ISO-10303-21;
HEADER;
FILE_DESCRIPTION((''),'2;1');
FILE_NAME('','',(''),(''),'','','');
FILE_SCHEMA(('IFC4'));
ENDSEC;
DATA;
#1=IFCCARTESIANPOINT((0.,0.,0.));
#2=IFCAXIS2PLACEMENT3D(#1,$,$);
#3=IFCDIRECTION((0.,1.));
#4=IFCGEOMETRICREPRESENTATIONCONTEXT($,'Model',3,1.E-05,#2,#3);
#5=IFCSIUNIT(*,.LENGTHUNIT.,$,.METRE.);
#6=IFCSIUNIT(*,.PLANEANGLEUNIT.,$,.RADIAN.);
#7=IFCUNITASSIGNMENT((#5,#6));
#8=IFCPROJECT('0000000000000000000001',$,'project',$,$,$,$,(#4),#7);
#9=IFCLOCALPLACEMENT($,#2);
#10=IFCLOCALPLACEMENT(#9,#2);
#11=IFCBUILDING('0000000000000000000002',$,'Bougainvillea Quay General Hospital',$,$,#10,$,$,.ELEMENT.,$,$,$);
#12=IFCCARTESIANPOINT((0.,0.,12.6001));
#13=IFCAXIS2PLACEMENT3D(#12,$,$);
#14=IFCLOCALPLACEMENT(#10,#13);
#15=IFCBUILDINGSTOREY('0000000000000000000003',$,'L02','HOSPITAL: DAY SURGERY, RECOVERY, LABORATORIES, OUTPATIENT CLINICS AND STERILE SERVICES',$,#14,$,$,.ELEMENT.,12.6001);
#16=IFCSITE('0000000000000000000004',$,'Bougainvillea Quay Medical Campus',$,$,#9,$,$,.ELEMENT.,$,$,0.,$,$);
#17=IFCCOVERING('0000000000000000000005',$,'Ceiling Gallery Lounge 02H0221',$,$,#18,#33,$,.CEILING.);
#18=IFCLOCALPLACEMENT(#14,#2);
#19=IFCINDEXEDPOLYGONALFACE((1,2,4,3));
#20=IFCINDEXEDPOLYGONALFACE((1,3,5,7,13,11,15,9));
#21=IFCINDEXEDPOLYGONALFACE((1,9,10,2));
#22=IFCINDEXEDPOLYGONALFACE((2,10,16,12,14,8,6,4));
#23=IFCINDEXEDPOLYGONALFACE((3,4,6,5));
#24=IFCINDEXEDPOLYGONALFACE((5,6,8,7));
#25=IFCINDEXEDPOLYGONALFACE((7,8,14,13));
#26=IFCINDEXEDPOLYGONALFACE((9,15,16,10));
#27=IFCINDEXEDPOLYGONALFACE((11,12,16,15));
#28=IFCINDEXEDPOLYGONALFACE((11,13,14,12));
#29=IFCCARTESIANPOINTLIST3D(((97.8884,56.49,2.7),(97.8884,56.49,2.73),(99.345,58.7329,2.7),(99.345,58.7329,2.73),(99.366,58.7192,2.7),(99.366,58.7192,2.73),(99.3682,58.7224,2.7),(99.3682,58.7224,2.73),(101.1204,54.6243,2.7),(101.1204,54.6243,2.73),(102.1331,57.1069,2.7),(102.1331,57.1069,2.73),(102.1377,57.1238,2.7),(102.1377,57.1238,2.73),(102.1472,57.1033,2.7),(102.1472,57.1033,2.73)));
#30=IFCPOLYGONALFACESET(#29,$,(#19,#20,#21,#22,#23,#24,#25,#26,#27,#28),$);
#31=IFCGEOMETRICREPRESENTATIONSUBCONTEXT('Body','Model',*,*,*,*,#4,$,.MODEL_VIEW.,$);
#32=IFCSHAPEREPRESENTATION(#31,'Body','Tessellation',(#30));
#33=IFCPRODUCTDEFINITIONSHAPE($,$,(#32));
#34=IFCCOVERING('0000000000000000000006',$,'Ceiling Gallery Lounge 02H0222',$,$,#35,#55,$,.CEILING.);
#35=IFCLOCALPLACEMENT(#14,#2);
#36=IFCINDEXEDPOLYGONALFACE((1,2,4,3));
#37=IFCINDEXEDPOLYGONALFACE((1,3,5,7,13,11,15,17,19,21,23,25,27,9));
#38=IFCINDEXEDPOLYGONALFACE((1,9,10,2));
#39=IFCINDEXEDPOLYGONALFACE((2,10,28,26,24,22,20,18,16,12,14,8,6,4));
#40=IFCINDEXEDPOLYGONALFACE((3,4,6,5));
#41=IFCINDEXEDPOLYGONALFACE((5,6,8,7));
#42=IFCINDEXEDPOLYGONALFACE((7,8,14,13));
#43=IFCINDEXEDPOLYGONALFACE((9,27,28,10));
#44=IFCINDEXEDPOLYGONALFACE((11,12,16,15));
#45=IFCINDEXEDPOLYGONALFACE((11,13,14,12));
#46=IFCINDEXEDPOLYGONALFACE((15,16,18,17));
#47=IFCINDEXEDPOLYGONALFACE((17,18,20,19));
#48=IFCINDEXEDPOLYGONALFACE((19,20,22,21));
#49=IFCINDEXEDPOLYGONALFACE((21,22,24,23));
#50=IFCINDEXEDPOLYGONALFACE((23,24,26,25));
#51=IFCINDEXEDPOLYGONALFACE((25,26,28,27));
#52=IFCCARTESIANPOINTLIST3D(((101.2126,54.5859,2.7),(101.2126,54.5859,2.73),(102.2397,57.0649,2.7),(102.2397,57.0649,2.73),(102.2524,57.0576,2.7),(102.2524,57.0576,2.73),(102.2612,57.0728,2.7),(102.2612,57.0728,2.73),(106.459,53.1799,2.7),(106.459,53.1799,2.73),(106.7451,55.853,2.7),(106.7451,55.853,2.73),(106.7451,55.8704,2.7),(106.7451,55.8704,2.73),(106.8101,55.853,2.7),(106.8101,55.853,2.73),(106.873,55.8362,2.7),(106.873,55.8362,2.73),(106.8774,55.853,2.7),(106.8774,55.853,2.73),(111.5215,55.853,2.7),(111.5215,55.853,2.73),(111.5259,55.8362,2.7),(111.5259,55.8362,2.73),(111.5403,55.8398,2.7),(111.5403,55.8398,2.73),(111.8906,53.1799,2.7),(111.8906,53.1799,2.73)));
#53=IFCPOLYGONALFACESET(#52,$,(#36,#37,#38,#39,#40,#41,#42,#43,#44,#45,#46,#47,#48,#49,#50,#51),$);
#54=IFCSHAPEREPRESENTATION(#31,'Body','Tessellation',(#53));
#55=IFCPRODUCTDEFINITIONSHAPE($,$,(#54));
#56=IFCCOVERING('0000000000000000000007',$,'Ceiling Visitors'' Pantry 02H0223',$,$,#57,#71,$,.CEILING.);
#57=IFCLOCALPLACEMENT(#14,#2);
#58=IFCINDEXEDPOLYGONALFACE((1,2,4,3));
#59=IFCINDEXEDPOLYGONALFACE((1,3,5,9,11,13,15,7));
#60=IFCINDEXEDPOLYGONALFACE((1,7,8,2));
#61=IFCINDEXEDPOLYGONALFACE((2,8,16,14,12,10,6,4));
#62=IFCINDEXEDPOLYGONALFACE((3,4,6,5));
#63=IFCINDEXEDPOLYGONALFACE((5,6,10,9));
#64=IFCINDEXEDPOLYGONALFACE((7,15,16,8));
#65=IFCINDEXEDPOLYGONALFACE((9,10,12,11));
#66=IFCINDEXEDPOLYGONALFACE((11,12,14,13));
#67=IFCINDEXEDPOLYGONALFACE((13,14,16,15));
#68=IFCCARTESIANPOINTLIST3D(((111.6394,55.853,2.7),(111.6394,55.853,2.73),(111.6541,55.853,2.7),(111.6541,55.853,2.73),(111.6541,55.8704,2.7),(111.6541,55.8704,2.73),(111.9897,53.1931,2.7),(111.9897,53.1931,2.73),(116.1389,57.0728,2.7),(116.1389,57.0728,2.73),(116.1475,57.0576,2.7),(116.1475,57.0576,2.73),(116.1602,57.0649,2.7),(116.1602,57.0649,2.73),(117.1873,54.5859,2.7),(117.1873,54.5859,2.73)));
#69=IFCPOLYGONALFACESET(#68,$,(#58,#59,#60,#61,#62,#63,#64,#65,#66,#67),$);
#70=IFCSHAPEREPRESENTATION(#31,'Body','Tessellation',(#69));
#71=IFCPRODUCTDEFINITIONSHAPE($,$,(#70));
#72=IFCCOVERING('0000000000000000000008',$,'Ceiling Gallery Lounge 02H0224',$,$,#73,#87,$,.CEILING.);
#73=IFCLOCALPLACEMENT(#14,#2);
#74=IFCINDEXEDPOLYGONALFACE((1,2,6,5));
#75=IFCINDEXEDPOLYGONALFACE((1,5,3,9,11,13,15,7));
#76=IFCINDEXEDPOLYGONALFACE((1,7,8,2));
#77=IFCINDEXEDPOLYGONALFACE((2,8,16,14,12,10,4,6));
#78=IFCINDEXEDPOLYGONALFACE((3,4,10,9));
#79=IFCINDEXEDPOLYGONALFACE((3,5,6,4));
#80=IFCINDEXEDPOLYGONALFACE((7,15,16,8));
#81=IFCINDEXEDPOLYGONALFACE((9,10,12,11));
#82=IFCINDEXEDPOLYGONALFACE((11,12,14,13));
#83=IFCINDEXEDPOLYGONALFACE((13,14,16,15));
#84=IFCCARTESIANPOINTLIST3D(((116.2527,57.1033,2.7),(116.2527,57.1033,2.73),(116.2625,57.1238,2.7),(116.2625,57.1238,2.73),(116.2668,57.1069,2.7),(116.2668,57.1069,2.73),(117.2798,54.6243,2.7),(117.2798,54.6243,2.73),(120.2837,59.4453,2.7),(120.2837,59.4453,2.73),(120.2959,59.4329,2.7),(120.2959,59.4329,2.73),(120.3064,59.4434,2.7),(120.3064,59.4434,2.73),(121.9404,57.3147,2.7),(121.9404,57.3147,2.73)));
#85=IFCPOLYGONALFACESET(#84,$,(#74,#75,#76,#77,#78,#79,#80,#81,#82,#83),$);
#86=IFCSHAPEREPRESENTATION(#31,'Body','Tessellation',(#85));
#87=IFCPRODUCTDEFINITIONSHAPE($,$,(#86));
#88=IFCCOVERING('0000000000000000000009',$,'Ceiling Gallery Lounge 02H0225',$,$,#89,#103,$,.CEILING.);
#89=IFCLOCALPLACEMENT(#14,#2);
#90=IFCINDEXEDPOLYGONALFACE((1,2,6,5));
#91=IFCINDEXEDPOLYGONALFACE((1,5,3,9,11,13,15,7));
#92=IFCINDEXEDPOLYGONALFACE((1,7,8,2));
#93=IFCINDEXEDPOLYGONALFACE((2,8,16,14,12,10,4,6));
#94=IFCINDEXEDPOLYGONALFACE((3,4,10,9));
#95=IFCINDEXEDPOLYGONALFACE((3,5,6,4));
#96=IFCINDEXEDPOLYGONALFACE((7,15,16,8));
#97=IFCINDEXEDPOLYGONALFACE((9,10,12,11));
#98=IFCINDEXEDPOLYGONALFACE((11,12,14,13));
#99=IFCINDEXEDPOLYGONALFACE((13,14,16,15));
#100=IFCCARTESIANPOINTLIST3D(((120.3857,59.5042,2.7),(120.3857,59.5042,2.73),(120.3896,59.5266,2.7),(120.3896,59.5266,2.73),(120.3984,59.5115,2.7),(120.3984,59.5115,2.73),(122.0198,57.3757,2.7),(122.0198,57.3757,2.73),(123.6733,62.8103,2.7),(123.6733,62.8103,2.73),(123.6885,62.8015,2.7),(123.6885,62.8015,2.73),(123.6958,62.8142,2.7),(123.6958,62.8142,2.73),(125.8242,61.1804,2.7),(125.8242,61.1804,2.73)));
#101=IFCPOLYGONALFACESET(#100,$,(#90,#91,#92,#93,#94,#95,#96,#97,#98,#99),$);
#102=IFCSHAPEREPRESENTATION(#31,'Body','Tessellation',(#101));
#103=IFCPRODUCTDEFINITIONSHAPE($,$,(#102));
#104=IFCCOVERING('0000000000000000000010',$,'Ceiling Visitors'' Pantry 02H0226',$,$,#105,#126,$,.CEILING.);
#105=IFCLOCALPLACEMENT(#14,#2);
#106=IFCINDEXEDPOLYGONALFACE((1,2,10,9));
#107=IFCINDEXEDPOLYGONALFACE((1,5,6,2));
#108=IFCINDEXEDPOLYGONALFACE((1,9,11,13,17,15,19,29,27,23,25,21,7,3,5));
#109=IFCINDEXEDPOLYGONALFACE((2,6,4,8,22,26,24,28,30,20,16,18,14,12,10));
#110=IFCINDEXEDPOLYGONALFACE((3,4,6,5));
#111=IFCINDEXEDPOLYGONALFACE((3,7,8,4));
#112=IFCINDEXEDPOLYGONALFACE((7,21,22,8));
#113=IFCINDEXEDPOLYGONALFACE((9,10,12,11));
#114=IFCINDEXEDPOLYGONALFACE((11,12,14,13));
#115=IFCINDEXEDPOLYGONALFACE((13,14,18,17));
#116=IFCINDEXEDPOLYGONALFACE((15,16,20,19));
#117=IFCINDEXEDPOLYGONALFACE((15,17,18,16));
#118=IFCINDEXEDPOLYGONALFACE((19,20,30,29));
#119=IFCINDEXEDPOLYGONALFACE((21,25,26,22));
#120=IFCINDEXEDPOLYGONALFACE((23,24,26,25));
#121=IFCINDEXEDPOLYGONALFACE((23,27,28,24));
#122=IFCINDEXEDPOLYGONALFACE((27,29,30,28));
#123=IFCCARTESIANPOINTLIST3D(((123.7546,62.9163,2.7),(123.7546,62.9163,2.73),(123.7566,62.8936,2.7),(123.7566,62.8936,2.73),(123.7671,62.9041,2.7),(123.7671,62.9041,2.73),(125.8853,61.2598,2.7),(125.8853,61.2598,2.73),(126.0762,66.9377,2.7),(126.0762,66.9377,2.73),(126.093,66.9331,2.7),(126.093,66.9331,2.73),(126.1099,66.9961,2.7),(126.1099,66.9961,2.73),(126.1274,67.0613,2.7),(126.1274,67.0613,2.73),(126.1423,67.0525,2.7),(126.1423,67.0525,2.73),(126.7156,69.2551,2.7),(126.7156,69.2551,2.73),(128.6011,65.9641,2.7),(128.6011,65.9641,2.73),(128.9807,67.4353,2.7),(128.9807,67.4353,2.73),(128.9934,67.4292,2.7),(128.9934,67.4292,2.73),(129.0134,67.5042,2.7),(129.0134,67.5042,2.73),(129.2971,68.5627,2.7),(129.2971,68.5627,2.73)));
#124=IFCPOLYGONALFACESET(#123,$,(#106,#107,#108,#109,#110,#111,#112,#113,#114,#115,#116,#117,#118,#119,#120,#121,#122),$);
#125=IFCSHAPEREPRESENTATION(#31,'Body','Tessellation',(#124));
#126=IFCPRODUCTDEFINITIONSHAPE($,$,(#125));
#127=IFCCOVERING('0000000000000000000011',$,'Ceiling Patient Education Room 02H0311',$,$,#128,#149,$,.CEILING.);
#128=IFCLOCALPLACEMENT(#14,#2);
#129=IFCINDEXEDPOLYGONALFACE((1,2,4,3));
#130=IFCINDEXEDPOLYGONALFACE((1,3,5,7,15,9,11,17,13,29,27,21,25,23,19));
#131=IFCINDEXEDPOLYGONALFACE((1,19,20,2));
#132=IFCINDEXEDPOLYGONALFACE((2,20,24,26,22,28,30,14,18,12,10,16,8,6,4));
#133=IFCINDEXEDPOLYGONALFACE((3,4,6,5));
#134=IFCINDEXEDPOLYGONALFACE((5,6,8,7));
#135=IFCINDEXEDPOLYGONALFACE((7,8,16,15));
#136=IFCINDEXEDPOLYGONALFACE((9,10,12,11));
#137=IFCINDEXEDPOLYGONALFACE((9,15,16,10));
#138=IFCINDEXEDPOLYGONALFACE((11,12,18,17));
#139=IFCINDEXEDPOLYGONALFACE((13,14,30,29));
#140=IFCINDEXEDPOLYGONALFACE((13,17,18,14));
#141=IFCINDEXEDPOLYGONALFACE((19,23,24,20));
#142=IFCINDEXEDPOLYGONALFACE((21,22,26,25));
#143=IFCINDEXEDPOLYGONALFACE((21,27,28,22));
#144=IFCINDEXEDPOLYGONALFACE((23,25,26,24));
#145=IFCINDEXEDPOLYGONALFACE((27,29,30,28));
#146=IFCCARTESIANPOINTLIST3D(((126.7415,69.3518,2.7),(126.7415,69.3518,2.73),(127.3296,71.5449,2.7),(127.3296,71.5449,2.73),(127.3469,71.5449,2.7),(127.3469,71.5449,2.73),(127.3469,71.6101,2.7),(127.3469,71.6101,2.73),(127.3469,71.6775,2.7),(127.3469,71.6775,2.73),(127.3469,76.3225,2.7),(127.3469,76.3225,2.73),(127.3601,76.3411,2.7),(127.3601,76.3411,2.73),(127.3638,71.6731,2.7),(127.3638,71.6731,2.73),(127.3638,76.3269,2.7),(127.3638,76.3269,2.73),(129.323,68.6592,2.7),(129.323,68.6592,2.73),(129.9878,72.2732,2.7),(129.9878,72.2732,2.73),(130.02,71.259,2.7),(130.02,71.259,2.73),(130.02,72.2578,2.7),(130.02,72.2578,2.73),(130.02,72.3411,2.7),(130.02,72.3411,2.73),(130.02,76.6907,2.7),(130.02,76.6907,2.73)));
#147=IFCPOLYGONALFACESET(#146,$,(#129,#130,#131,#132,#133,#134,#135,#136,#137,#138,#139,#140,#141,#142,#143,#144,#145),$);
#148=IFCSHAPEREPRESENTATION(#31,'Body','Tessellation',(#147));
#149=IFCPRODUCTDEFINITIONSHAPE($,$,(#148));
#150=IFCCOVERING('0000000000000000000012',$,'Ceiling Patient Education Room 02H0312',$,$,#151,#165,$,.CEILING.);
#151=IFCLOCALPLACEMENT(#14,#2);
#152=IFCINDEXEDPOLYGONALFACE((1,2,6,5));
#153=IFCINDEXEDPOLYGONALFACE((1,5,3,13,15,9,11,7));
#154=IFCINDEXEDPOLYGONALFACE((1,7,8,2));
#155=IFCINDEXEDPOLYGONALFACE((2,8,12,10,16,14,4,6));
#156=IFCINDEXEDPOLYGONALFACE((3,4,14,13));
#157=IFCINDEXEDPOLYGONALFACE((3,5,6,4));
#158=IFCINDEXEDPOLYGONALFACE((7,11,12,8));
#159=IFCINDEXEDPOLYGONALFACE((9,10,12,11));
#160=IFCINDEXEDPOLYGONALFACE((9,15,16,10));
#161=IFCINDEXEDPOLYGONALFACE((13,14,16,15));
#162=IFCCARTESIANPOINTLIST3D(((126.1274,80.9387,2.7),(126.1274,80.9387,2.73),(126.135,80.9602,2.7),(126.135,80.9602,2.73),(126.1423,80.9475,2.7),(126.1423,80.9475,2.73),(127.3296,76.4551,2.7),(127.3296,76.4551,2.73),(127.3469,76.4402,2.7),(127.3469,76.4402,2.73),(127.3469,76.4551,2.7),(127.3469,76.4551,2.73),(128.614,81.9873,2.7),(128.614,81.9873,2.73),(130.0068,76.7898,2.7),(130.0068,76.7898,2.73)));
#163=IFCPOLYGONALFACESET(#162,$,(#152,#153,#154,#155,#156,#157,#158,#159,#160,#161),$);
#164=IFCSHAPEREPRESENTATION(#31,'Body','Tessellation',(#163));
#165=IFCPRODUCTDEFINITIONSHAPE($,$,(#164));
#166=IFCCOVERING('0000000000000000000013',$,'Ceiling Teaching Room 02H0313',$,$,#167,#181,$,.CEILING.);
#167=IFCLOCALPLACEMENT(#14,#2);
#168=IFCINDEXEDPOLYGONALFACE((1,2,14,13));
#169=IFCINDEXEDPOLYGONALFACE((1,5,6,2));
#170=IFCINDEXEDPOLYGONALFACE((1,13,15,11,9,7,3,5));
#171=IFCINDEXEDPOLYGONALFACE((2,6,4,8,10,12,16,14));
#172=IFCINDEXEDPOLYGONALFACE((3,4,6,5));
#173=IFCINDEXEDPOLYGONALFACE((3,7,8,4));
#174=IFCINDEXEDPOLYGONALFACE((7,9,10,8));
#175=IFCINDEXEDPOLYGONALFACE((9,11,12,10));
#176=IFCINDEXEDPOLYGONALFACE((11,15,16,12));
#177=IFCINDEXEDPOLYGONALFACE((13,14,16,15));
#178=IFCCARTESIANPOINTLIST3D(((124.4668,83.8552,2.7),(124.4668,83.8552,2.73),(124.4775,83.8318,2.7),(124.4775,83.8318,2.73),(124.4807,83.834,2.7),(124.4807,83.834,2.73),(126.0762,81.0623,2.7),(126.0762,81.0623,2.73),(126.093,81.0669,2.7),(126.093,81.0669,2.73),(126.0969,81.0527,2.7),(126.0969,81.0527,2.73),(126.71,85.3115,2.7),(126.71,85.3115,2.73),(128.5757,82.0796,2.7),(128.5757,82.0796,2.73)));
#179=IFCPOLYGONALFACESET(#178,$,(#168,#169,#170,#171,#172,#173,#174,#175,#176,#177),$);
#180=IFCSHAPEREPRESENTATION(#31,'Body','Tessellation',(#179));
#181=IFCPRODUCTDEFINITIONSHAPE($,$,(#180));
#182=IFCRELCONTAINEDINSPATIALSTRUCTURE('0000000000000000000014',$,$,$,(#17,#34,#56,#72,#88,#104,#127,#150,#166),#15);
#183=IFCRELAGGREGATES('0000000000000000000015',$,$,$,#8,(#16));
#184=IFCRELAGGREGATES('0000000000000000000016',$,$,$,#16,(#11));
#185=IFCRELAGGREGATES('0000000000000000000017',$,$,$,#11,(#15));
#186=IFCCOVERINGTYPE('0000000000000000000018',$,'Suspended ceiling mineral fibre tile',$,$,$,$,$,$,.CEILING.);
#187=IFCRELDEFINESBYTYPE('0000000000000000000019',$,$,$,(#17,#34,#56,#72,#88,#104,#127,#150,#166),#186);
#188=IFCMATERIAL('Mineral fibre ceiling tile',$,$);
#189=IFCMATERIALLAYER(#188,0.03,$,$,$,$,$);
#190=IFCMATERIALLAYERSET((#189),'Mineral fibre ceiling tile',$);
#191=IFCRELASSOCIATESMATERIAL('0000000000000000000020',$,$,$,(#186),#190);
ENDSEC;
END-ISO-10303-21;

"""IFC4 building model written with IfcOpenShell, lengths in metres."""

from ifc_helpers import new_model, si_unit, direction, frame, origin, place, context, subcontext, project, spatial, polyline, outline, extrude, material, layer, layer_set, type_object, element, save


model = new_model("IFC4")

# Units and contexts
model_context = context("Model", 3, precision=1e-05, world=origin(), true_north=direction((0.0, 1.0)))
body_context = subcontext(model_context, "Body", "Model", "MODEL_VIEW")
ifc_project = project(units=[si_unit("LENGTHUNIT", "METRE"), si_unit("PLANEANGLEUNIT", "RADIAN")], contexts=[model_context])

# Site, building, storey
site_placement = place(None, origin())
site = spatial("IfcSite", under=ifc_project, at=site_placement, Name="Bougainvillea Quay Medical Campus", CompositionType="ELEMENT", RefElevation=0.0)
building_placement = place(site_placement, origin())
building = spatial("IfcBuilding", under=site, at=building_placement, Name="Bougainvillea Quay General Hospital", CompositionType="ELEMENT")
storey_placement = place(building_placement, frame((0.0, 0.0, 12.6001)))
storey = spatial("IfcBuildingStorey", under=building, at=storey_placement, Name="L02", Description="HOSPITAL: DAY SURGERY, RECOVERY, LABORATORIES, OUTPATIENT CLINICS AND STERILE SERVICES", CompositionType="ELEMENT", Elevation=12.6001)

# Coverings
ifc_material = material(Name="Mineral fibre ceiling tile")
ifc_layer = layer(ifc_material, 0.03)
ifc_layer_set = layer_set([ifc_layer], Name="Mineral fibre ceiling tile")
covering_type = type_object("IfcCoveringType", Name="Suspended ceiling mineral fibre tile", PredefinedType="CEILING", material=ifc_layer_set)
covering_1_placement = place(storey_placement, frame((0.0, 0.0, 2.7)))
element("IfcCovering", 1, at=covering_1_placement, inside=storey, type_object=covering_type, Name="Ceiling Gallery Lounge 02H0221", PredefinedType="CEILING", context=body_context, shape_type="SweptSolid", body=[
    extrude(outline(polyline([(101.1204, 54.6243), (102.1472, 57.1033), (102.1331, 57.1069), (102.1377, 57.1238), (99.3682, 58.7224), (99.366, 58.7192), (99.345, 58.7329), (97.8884, 56.49), (101.1204, 54.6243)])), origin(), (0.0, 0.0, 1.0), 0.03),
])
covering_2_placement = place(storey_placement, frame((0.0, 0.0, 2.7)))
element("IfcCovering", 2, at=covering_2_placement, inside=storey, type_object=covering_type, Name="Ceiling Gallery Lounge 02H0222", PredefinedType="CEILING", context=body_context, shape_type="SweptSolid", body=[
    extrude(outline(polyline([(111.8906, 53.1799), (111.5403, 55.8398), (111.5259, 55.8362), (111.5215, 55.853), (106.8774, 55.853), (106.873, 55.8362), (106.8101, 55.853), (106.7451, 55.853), (106.7451, 55.8704), (102.2612, 57.0728), (102.2524, 57.0576), (102.2397, 57.0649), (101.2126, 54.5859), (106.459, 53.1799), (111.8906, 53.1799)])), origin(), (0.0, 0.0, 1.0), 0.03),
])
covering_3_placement = place(storey_placement, frame((0.0, 0.0, 2.7)))
element("IfcCovering", 3, at=covering_3_placement, inside=storey, type_object=covering_type, Name="Ceiling Visitors' Pantry 02H0223", PredefinedType="CEILING", context=body_context, shape_type="SweptSolid", body=[
    extrude(outline(polyline([(117.1873, 54.5859), (116.1602, 57.0649), (116.1475, 57.0576), (116.1389, 57.0728), (111.6541, 55.8704), (111.6541, 55.853), (111.6394, 55.853), (111.9897, 53.1931), (117.1873, 54.5859)])), origin(), (0.0, 0.0, 1.0), 0.03),
])
covering_4_placement = place(storey_placement, frame((0.0, 0.0, 2.7)))
element("IfcCovering", 4, at=covering_4_placement, inside=storey, type_object=covering_type, Name="Ceiling Gallery Lounge 02H0224", PredefinedType="CEILING", context=body_context, shape_type="SweptSolid", body=[
    extrude(outline(polyline([(121.9404, 57.3147), (120.3064, 59.4434), (120.2959, 59.4329), (120.2837, 59.4453), (116.2625, 57.1238), (116.2668, 57.1069), (116.2527, 57.1033), (117.2798, 54.6243), (121.9404, 57.3147)])), origin(), (0.0, 0.0, 1.0), 0.03),
])
covering_5_placement = place(storey_placement, frame((0.0, 0.0, 2.7)))
element("IfcCovering", 5, at=covering_5_placement, inside=storey, type_object=covering_type, Name="Ceiling Gallery Lounge 02H0225", PredefinedType="CEILING", context=body_context, shape_type="SweptSolid", body=[
    extrude(outline(polyline([(125.8242, 61.1804), (123.6958, 62.8142), (123.6885, 62.8015), (123.6733, 62.8103), (120.3896, 59.5266), (120.3984, 59.5115), (120.3857, 59.5042), (122.0198, 57.3757), (125.8242, 61.1804)])), origin(), (0.0, 0.0, 1.0), 0.03),
])
covering_6_placement = place(storey_placement, frame((0.0, 0.0, 2.7)))
element("IfcCovering", 6, at=covering_6_placement, inside=storey, type_object=covering_type, Name="Ceiling Visitors' Pantry 02H0226", PredefinedType="CEILING", context=body_context, shape_type="SweptSolid", body=[
    extrude(outline(polyline([(129.3101, 68.6111), (129.2971, 68.5627), (126.7156, 69.2551), (126.1274, 67.0613), (126.1423, 67.0525), (126.1099, 66.9961), (126.093, 66.9331), (126.0762, 66.9377), (123.7546, 62.9163), (123.7671, 62.9041), (123.7566, 62.8936), (125.8853, 61.2598), (128.6011, 65.9641), (128.9934, 67.4292), (128.9807, 67.4353), (129.0134, 67.5042), (129.3101, 68.6111)])), origin(), (0.0, 0.0, 1.0), 0.03),
])
covering_7_placement = place(storey_placement, frame((0.0, 0.0, 2.7)))
element("IfcCovering", 7, at=covering_7_placement, inside=storey, type_object=covering_type, Name="Ceiling Patient Education Room 02H0311", PredefinedType="CEILING", context=body_context, shape_type="SweptSolid", body=[
    extrude(outline(polyline([(130.02, 76.6907), (127.3601, 76.3411), (127.3638, 76.3269), (127.3469, 76.3225), (127.3469, 71.6775), (127.3638, 71.6731), (127.3469, 71.6101), (127.3469, 71.5449), (127.3296, 71.5449), (126.7415, 69.3518), (129.323, 68.6592), (130.02, 71.259), (130.02, 72.2578), (129.9878, 72.2732), (130.02, 72.3411), (130.02, 76.6907)])), origin(), (0.0, 0.0, 1.0), 0.03),
])
covering_8_placement = place(storey_placement, frame((0.0, 0.0, 2.7)))
element("IfcCovering", 8, at=covering_8_placement, inside=storey, type_object=covering_type, Name="Ceiling Patient Education Room 02H0312", PredefinedType="CEILING", context=body_context, shape_type="SweptSolid", body=[
    extrude(outline(polyline([(128.614, 81.9873), (126.135, 80.9602), (126.1423, 80.9475), (126.1274, 80.9387), (127.3296, 76.4551), (127.3469, 76.4551), (127.3469, 76.4402), (130.0068, 76.7898), (128.614, 81.9873)])), origin(), (0.0, 0.0, 1.0), 0.03),
])
covering_9_placement = place(storey_placement, frame((0.0, 0.0, 2.7)))
element("IfcCovering", 9, at=covering_9_placement, inside=storey, type_object=covering_type, Name="Ceiling Teaching Room 02H0313", PredefinedType="CEILING", context=body_context, shape_type="SweptSolid", body=[
    extrude(outline(polyline([(126.71, 85.3115), (124.4668, 83.8552), (124.4807, 83.834), (124.4775, 83.8318), (126.0762, 81.0623), (126.093, 81.0669), (126.0969, 81.0527), (128.5757, 82.0796), (126.71, 85.3115)])), origin(), (0.0, 0.0, 1.0), 0.03),
])

save(model, "model.ifc")
